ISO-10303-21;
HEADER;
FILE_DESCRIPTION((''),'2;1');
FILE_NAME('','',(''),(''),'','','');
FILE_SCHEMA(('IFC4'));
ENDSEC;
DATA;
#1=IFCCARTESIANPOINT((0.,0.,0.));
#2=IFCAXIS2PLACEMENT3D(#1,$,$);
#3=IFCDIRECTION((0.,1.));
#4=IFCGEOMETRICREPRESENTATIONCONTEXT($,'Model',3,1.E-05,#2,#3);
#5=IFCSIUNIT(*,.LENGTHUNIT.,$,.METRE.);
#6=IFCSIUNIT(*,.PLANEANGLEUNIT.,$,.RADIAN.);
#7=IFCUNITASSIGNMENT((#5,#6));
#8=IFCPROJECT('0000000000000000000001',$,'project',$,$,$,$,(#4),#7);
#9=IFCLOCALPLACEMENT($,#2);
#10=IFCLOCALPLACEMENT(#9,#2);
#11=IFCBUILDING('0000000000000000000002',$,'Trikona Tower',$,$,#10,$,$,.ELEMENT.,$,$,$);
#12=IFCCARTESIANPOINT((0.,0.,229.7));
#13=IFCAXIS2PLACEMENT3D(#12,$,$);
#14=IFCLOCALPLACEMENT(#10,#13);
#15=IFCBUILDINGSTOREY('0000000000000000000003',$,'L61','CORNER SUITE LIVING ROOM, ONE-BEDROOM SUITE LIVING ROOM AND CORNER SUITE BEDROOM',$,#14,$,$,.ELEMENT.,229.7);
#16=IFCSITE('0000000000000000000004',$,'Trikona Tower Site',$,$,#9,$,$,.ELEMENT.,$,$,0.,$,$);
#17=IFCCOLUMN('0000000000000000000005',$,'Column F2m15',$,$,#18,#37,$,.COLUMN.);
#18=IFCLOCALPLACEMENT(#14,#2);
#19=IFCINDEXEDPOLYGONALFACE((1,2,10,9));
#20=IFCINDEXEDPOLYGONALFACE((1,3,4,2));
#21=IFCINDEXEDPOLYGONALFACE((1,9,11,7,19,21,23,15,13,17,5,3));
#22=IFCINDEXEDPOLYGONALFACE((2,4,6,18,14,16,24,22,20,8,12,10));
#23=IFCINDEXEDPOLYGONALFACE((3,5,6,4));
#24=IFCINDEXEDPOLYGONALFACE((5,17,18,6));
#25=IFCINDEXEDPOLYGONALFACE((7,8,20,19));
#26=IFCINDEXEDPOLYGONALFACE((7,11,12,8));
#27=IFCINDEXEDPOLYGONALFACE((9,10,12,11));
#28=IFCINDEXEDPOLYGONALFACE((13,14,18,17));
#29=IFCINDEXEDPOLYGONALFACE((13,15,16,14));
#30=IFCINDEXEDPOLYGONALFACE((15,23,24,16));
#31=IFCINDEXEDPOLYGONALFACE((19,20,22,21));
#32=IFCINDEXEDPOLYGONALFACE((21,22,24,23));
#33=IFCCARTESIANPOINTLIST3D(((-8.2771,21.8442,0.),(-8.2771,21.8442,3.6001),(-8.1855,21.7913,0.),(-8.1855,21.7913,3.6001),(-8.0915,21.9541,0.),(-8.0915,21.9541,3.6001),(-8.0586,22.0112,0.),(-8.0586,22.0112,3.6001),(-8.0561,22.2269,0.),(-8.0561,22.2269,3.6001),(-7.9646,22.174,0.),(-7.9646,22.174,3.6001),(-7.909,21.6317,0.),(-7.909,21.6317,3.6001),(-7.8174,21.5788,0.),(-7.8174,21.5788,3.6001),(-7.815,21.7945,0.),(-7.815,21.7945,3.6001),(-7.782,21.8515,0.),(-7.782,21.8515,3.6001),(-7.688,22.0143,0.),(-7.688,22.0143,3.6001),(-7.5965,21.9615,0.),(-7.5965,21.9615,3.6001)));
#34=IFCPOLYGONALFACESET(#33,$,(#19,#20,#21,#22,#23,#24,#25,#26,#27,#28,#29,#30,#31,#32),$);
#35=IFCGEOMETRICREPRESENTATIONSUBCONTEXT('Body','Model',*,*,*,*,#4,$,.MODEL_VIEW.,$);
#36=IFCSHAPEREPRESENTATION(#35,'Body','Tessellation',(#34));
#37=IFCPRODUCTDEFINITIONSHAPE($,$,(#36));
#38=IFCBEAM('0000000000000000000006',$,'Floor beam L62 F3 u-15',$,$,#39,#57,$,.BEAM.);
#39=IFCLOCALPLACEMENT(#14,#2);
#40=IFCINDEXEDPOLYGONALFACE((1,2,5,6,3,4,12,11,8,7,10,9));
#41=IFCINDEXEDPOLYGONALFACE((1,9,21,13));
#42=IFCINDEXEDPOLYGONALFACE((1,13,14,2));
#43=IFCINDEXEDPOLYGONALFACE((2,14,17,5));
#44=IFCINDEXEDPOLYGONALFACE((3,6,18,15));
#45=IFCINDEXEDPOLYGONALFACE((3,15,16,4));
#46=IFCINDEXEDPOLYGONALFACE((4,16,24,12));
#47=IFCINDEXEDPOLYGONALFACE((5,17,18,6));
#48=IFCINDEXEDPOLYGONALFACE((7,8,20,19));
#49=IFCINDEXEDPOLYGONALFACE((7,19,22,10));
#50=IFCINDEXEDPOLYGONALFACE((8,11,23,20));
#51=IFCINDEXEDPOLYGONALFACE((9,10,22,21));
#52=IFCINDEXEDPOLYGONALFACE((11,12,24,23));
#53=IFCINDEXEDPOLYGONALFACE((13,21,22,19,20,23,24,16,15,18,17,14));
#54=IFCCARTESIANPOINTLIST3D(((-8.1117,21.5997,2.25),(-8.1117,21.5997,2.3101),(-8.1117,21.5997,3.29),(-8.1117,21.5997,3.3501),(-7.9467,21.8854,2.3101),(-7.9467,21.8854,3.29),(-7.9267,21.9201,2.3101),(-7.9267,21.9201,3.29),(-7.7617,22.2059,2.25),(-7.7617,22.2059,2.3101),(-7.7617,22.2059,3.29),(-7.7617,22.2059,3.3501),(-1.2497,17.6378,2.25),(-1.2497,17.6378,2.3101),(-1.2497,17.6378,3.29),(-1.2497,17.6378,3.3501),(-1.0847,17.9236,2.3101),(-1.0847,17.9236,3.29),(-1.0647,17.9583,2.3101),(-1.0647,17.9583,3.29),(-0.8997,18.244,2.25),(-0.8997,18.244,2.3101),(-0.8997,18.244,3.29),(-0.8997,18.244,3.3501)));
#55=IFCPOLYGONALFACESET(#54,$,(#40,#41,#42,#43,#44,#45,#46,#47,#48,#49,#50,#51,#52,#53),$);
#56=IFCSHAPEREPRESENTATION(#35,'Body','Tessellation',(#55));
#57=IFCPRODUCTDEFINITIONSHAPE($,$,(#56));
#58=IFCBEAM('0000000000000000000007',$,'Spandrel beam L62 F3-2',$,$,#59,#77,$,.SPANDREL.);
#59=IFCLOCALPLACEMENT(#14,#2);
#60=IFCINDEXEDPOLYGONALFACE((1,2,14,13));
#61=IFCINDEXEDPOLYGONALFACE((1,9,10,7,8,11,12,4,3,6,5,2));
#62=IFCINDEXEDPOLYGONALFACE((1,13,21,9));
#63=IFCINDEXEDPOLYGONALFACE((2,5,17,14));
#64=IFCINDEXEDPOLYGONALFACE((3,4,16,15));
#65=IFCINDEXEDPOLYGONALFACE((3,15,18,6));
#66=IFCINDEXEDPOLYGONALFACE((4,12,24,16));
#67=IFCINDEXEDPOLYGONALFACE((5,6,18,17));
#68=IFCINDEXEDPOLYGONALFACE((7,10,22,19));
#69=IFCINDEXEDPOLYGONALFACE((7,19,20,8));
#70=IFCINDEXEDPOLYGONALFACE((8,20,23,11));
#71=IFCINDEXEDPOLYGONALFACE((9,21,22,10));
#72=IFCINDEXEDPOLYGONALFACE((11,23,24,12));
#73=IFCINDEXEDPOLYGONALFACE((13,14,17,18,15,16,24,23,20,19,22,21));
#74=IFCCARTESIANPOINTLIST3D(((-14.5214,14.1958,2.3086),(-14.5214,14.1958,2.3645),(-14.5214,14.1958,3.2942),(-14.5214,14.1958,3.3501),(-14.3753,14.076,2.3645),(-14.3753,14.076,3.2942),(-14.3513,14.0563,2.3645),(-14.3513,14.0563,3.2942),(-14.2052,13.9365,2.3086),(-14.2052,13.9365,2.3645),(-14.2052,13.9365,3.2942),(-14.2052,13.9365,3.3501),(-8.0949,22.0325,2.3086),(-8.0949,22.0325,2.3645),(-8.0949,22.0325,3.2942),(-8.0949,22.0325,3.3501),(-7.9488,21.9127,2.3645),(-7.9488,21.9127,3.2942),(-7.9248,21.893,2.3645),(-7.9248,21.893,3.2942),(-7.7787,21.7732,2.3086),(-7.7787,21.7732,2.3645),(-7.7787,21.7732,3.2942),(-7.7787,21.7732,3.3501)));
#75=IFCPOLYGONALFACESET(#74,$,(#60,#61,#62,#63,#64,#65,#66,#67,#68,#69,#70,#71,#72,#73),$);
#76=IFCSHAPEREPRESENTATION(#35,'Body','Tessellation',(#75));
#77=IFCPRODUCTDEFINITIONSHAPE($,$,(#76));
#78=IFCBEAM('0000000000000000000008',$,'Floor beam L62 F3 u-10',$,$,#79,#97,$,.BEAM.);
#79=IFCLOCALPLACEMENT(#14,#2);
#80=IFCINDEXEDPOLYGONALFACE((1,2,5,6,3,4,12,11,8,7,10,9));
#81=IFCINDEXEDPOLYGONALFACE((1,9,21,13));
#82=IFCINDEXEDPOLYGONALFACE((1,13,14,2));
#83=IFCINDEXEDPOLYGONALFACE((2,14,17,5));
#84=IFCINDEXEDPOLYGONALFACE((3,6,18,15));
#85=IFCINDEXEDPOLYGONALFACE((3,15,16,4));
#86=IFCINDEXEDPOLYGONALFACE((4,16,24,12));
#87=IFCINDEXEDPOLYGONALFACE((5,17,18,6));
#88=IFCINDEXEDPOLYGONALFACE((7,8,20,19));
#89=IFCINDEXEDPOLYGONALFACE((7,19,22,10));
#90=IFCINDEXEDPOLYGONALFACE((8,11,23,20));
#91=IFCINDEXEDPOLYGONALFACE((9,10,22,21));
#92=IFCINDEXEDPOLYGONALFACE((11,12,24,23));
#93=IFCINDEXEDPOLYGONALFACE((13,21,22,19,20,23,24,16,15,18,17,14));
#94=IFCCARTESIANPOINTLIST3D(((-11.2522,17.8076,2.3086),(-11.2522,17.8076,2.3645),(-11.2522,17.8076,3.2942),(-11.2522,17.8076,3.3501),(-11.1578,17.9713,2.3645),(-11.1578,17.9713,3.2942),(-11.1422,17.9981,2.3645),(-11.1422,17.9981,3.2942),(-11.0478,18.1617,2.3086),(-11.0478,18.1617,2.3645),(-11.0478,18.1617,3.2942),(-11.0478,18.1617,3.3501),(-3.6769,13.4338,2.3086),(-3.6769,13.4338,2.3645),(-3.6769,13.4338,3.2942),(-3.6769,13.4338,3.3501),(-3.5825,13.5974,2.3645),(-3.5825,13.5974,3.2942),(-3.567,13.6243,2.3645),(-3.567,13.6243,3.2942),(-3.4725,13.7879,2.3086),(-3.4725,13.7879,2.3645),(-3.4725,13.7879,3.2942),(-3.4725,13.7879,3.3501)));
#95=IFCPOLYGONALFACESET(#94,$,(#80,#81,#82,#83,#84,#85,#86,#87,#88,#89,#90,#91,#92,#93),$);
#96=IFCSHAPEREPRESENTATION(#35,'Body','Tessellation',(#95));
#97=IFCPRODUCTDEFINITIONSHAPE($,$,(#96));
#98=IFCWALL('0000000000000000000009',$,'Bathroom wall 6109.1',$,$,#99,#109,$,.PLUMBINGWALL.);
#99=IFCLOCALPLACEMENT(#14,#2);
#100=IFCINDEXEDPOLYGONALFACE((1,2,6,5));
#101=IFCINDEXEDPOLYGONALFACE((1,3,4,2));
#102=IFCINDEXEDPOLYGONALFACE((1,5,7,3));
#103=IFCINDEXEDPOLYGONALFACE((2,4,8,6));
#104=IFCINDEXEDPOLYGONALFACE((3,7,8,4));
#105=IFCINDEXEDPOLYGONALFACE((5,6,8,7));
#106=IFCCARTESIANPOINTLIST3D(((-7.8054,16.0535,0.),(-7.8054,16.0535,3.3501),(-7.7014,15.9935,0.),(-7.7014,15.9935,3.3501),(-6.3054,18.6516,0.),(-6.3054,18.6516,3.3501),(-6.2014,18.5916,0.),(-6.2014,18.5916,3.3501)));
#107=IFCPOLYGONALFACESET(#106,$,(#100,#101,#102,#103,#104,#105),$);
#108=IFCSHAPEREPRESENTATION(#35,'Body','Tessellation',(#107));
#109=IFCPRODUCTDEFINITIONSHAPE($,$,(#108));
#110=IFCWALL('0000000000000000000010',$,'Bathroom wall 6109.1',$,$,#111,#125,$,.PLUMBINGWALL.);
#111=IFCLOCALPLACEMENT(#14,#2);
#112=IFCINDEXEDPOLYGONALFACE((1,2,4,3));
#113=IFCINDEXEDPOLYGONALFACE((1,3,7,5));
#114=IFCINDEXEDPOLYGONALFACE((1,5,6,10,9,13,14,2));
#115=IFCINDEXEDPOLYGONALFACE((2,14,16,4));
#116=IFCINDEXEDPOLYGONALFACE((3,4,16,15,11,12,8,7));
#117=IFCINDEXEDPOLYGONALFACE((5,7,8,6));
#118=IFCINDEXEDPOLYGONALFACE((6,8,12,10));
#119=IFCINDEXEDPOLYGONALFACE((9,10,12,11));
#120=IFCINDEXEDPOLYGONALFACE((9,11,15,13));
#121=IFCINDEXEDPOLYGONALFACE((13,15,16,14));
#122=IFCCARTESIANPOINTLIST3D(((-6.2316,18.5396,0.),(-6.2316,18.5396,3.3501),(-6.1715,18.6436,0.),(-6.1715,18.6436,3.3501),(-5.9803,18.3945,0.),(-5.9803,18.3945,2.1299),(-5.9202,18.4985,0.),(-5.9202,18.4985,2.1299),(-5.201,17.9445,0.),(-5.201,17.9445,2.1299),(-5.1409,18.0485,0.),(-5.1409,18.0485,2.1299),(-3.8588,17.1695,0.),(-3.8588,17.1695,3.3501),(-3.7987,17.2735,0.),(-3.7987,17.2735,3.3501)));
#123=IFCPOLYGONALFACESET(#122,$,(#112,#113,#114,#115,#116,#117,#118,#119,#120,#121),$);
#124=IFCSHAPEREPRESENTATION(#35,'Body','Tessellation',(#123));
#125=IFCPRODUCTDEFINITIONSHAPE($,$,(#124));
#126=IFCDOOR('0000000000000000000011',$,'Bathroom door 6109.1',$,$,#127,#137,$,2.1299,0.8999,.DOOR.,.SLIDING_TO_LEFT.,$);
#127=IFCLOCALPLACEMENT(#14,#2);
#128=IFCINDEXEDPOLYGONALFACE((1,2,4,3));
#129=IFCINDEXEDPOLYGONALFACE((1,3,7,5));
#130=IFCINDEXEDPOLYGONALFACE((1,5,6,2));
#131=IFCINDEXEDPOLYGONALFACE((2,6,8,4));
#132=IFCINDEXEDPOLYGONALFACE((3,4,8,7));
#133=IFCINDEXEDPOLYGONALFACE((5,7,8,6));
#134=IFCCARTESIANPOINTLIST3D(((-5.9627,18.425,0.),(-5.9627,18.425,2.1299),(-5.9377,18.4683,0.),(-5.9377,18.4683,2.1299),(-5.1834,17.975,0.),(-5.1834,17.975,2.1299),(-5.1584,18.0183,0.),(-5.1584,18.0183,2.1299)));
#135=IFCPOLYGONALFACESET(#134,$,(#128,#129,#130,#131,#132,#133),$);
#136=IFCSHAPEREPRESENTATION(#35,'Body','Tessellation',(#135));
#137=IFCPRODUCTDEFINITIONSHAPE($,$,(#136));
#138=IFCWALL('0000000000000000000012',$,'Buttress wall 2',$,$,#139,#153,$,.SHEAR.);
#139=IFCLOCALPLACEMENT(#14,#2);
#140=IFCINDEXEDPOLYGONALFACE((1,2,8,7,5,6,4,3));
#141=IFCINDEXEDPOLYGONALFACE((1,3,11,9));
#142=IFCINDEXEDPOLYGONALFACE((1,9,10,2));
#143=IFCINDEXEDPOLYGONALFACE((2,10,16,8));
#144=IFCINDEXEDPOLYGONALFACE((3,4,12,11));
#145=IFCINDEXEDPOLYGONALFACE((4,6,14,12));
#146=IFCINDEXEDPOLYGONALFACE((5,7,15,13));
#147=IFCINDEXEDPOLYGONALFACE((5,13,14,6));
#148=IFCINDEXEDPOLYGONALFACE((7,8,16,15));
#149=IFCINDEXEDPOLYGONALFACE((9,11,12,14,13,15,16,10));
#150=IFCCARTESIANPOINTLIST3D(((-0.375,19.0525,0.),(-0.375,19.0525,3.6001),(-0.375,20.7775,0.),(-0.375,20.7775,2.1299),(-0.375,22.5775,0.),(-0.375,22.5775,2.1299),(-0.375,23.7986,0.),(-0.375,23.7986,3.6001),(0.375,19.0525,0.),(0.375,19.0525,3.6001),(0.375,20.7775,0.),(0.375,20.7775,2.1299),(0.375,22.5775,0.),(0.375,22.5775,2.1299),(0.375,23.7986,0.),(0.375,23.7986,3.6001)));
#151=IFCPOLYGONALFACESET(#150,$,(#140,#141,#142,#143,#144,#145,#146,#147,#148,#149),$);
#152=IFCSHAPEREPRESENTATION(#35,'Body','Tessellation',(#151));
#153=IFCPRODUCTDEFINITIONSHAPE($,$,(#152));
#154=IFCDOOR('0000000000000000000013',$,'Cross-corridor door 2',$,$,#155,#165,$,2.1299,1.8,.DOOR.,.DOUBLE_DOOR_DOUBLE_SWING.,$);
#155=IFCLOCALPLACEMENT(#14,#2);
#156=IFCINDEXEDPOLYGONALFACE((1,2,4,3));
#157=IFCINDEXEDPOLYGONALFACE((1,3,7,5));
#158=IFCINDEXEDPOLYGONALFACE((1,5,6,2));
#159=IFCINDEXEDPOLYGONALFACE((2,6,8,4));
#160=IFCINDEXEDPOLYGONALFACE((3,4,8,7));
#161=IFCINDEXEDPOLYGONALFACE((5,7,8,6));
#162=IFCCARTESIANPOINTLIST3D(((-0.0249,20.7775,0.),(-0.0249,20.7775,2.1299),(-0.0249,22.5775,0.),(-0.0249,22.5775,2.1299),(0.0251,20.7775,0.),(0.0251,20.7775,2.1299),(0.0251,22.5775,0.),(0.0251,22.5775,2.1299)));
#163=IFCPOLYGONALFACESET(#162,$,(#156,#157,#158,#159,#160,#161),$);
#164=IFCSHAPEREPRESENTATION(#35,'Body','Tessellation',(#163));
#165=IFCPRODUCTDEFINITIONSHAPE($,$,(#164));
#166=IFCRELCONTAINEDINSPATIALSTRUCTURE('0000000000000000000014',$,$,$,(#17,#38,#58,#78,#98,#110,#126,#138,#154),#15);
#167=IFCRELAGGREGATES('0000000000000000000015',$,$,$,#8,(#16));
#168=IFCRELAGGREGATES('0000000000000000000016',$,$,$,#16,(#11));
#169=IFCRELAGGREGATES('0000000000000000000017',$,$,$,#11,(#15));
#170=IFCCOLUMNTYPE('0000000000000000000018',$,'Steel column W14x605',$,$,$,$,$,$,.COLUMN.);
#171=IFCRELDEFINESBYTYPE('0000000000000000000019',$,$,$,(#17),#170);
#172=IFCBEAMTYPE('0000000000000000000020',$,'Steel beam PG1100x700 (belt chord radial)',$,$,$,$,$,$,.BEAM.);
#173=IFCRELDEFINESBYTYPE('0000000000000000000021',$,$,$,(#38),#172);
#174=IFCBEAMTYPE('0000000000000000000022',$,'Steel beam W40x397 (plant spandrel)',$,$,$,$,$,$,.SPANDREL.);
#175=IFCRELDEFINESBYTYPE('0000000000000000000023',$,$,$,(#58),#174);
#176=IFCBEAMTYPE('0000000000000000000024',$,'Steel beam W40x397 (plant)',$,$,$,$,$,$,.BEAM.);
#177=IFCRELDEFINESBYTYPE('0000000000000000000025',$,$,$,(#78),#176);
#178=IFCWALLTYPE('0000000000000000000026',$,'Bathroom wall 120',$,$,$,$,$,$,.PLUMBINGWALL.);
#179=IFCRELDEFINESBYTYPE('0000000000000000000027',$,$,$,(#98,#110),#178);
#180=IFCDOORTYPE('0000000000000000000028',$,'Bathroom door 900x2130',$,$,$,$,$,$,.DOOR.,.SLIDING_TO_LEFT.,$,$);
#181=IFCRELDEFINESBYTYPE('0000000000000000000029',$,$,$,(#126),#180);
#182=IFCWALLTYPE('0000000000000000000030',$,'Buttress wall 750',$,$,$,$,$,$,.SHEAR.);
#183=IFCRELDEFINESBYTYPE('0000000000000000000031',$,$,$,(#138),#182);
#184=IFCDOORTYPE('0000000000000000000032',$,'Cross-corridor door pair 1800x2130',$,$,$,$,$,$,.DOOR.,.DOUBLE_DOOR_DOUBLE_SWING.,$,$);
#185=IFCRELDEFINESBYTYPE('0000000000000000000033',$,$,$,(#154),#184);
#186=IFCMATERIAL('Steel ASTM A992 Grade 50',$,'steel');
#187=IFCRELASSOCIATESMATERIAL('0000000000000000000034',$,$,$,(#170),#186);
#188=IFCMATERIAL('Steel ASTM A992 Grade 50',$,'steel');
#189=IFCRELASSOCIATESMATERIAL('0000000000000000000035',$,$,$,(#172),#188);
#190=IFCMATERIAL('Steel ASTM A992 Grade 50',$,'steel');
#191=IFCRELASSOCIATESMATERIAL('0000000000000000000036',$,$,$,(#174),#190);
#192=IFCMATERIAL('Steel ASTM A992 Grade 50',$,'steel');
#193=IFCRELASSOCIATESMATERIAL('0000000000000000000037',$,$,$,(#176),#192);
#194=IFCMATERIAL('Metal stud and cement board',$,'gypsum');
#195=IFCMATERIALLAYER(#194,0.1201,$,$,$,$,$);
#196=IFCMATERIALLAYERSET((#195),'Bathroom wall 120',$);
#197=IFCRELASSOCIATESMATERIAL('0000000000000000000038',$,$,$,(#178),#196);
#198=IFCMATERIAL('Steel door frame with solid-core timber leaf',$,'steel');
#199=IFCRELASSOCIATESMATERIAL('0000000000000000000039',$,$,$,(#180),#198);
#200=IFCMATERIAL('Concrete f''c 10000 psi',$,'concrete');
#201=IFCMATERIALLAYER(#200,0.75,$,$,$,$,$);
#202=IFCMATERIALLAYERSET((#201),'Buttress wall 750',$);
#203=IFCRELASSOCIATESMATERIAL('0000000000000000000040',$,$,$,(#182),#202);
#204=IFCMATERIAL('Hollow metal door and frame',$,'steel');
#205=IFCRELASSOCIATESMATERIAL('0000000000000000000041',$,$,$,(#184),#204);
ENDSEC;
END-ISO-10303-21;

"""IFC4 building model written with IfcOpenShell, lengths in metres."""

from ifc_helpers import new_model, si_unit, direction, frame, frame_2d, origin, origin_2d, place, context, subcontext, project, spatial, rectangle, i_section, extrude, material, layer, layer_set, material_profile, profile_set, type_object, element, fill, save


model = new_model("IFC4")

# Units and contexts
model_context = context("Model", 3, precision=1e-05, world=origin(), true_north=direction((0.0, 1.0)))
body_context = subcontext(model_context, "Body", "Model", "MODEL_VIEW")
ifc_project = project(units=[si_unit("LENGTHUNIT", "METRE"), si_unit("PLANEANGLEUNIT", "RADIAN")], contexts=[model_context])

# Site, building, storey
site_placement = place(None, origin())
site = spatial("IfcSite", under=ifc_project, at=site_placement, Name="Trikona Tower Site", CompositionType="ELEMENT", RefElevation=0.0)
building_placement = place(site_placement, origin())
building = spatial("IfcBuilding", under=site, at=building_placement, Name="Trikona Tower", CompositionType="ELEMENT")
storey_placement = place(building_placement, frame((0.0, 0.0, 229.7)))
storey = spatial("IfcBuildingStorey", under=building, at=storey_placement, Name="L61", Description="CORNER SUITE LIVING ROOM, ONE-BEDROOM SUITE LIVING ROOM AND CORNER SUITE BEDROOM", CompositionType="ELEMENT", Elevation=229.7)

# Column
ifc_material_1 = material(Name="Steel ASTM A992 Grade 50", Category="steel")
ifc_material_profile_1 = material_profile(ifc_material_1, i_section(OverallWidth=0.4419, OverallDepth=0.5308, WebThickness=0.0659, FlangeThickness=0.1057, at=origin_2d()), Name="W14X605")
ifc_profile_set_1 = profile_set([ifc_material_profile_1], Name="Steel ASTM A992 Grade 50")
column_type = type_object("IfcColumnType", Name="Steel column W14x605", PredefinedType="COLUMN", material=ifc_profile_set_1)
column_placement = place(storey_placement, frame((-7.9368, 21.9028, 0.0), z_axis=(0.0, 0.0, 1.0), x_axis=(-0.5, -0.866025, 0.0)))
element("IfcColumn", 1, at=column_placement, inside=storey, type_object=column_type, Name="Column F2m15", PredefinedType="COLUMN", context=body_context, shape_type="SweptSolid", body=[
    extrude(i_section(OverallWidth=0.4419, OverallDepth=0.5308, WebThickness=0.0659, FlangeThickness=0.1057, at=origin_2d()), origin(), (0.0, 0.0, 1.0), 3.6001),
])

# Beams
ifc_material_2 = material(Name="Steel ASTM A992 Grade 50", Category="steel")
ifc_material_profile_2 = material_profile(ifc_material_2, i_section(OverallWidth=0.7, OverallDepth=1.1001, WebThickness=0.04, FlangeThickness=0.0601, at=origin_2d()), Name="PG1100X700")
ifc_profile_set_2 = profile_set([ifc_material_profile_2], Name="Steel ASTM A992 Grade 50")
beam_type_1 = type_object("IfcBeamType", Name="Steel beam PG1100x700 (belt chord radial)", PredefinedType="BEAM", material=ifc_profile_set_2)
beam_1_placement = place(storey_placement, frame((-1.0747, 17.9409, 2.8), z_axis=(-0.86602, 0.50001, 0.0), x_axis=(-0.50001, -0.86602, 0.0)))
element("IfcBeam", 2, at=beam_1_placement, inside=storey, type_object=beam_type_1, Name="Floor beam L62 F3 u-15", PredefinedType="BEAM", context=body_context, shape_type="SweptSolid", body=[
    extrude(i_section(OverallWidth=0.7, OverallDepth=1.1001, WebThickness=0.04, FlangeThickness=0.0601, at=origin_2d()), origin(), (0.0, 0.0, 1.0), 7.9236),
])
ifc_material_3 = material(Name="Steel ASTM A992 Grade 50", Category="steel")
ifc_material_profile_3 = material_profile(ifc_material_3, i_section(OverallWidth=0.4089, OverallDepth=1.0415, WebThickness=0.031, FlangeThickness=0.0559, at=origin_2d()), Name="W40X397")
ifc_profile_set_3 = profile_set([ifc_material_profile_3], Name="Steel ASTM A992 Grade 50")
beam_type_2 = type_object("IfcBeamType", Name="Steel beam W40x397 (plant spandrel)", PredefinedType="SPANDREL", material=ifc_profile_set_3)
beam_2_placement = place(storey_placement, frame((-7.9368, 21.9028, 2.8293), z_axis=(-0.634106, -0.773246, 0.0), x_axis=(0.773246, -0.634106, 0.0)))
element("IfcBeam", 3, at=beam_2_placement, inside=storey, type_object=beam_type_2, Name="Spandrel beam L62 F3-2", PredefinedType="SPANDREL", context=body_context, shape_type="SweptSolid", body=[
    extrude(i_section(OverallWidth=0.4089, OverallDepth=1.0415, WebThickness=0.031, FlangeThickness=0.0559, at=origin_2d()), origin(), (0.0, 0.0, 1.0), 10.1348),
])
ifc_material_4 = material(Name="Steel ASTM A992 Grade 50", Category="steel")
ifc_material_profile_4 = material_profile(ifc_material_4, i_section(OverallWidth=0.4089, OverallDepth=1.0415, WebThickness=0.031, FlangeThickness=0.0559, at=origin_2d()), Name="W40X397")
ifc_profile_set_4 = profile_set([ifc_material_profile_4], Name="Steel ASTM A992 Grade 50")
beam_type_3 = type_object("IfcBeamType", Name="Steel beam W40x397 (plant)", PredefinedType="BEAM", material=ifc_profile_set_4)
beam_3_placement = place(storey_placement, frame((-3.5747, 13.6108, 2.8293), z_axis=(-0.866014, 0.50002, 0.0), x_axis=(-0.50002, -0.866014, 0.0)))
element("IfcBeam", 4, at=beam_3_placement, inside=storey, type_object=beam_type_3, Name="Floor beam L62 F3 u-10", PredefinedType="BEAM", context=body_context, shape_type="SweptSolid", body=[
    extrude(i_section(OverallWidth=0.4089, OverallDepth=1.0415, WebThickness=0.031, FlangeThickness=0.0559, at=origin_2d()), origin(), (0.0, 0.0, 1.0), 8.7473),
])

# Wall
ifc_material_5 = material(Name="Metal stud and cement board", Category="gypsum")
ifc_layer_1 = layer(ifc_material_5, 0.1201)
ifc_layer_set_1 = layer_set([ifc_layer_1], Name="Bathroom wall 120")
wall_type_1 = type_object("IfcWallType", Name="Bathroom wall 120", PredefinedType="PLUMBINGWALL", material=ifc_layer_set_1)
wall_1_placement = place(storey_placement, frame((-6.2534, 18.6216, 0.0), z_axis=(0.0, 0.0, 1.0), x_axis=(-0.49999, -0.866031, 0.0)))
element("IfcWall", 5, at=wall_1_placement, inside=storey, type_object=wall_type_1, Name="Bathroom wall 6109.1", PredefinedType="PLUMBINGWALL", context=body_context, shape_type="SweptSolid", body=[
    extrude(rectangle(XDim=3.0, YDim=0.1201, at=frame_2d((1.5, 0.0))), origin(), (0.0, 0.0, 1.0), 3.3501),
])

# Walls, openings, doors
wall_2_placement = place(storey_placement, frame((-3.8286, 17.2214, 0.0), z_axis=(0.0, 0.0, 1.0), x_axis=(-0.865997, 0.500049, 0.0)))
wall_2 = element("IfcWall", 6, at=wall_2_placement, inside=storey, type_object=wall_type_1, Name="Bathroom wall 6109.1", PredefinedType="PLUMBINGWALL", context=body_context, shape_type="SweptSolid", body=[
    extrude(rectangle(XDim=2.74, YDim=0.1201, at=frame_2d((1.3701, 0.0))), origin(), (0.0, 0.0, 1.0), 3.3501),
])
opening_1_placement = place(wall_2_placement, frame((1.55, 0.0, 0.0)))
opening_1 = element("IfcOpeningElement", 7, at=opening_1_placement, cuts=wall_2, PredefinedType="OPENING", context=body_context, shape_type="SweptSolid", body=[
    extrude(rectangle(XDim=0.8999, YDim=2.1299, at=frame_2d((0.45, 1.0649))), frame((0.0, 0.0701, 0.0), z_axis=(0.0, -1.0, 0.0), x_axis=(1.0, 0.0, 0.0)), (0.0, 0.0, 1.0), 0.1401),
])
ifc_material_6 = material(Name="Steel door frame with solid-core timber leaf", Category="steel")
door_type_1 = type_object("IfcDoorType", Name="Bathroom door 900x2130", OperationType="SLIDING_TO_LEFT", PredefinedType="DOOR", material=ifc_material_6)
door_1_placement = place(opening_1_placement, origin())
door_1 = element("IfcDoor", 8, at=door_1_placement, inside=storey, type_object=door_type_1, Name="Bathroom door 6109.1", OperationType="SLIDING_TO_LEFT", OverallHeight=2.1299, OverallWidth=0.8999, PredefinedType="DOOR", context=body_context, shape_type="SweptSolid", body=[
    extrude(rectangle(XDim=0.8999, YDim=2.1299, at=frame_2d((0.45, 1.0649))), frame((0.0, 0.0249, 0.0), z_axis=(0.0, -1.0, 0.0), x_axis=(1.0, 0.0, 0.0)), (0.0, 0.0, 1.0), 0.05),
])
fill(opening_1, door_1)
ifc_material_7 = material(Name="Concrete f'c 10000 psi", Category="concrete")
ifc_layer_2 = layer(ifc_material_7, 0.75)
ifc_layer_set_2 = layer_set([ifc_layer_2], Name="Buttress wall 750")
wall_type_2 = type_object("IfcWallType", Name="Buttress wall 750", PredefinedType="SHEAR", material=ifc_layer_set_2)
wall_3_placement = place(storey_placement, frame((0.0, 19.0525, 0.0), z_axis=(0.0, 0.0, 1.0), x_axis=(0.0, 1.0, 0.0)))
wall_3 = element("IfcWall", 9, at=wall_3_placement, inside=storey, type_object=wall_type_2, Name="Buttress wall 2", PredefinedType="SHEAR", context=body_context, shape_type="SweptSolid", body=[
    extrude(rectangle(XDim=4.7461, YDim=0.75, at=frame_2d((2.373, 0.0))), origin(), (0.0, 0.0, 1.0), 3.6001),
])
opening_2_placement = place(wall_3_placement, frame((1.7251, 0.0, 0.0)))
opening_2 = element("IfcOpeningElement", 10, at=opening_2_placement, cuts=wall_3, PredefinedType="OPENING", context=body_context, shape_type="SweptSolid", body=[
    extrude(rectangle(XDim=1.8, YDim=2.1299, at=frame_2d((0.8999, 1.0649))), frame((0.0, 0.385, 0.0), z_axis=(0.0, -1.0, 0.0), x_axis=(1.0, 0.0, 0.0)), (0.0, 0.0, 1.0), 0.77),
])
ifc_material_8 = material(Name="Hollow metal door and frame", Category="steel")
door_type_2 = type_object("IfcDoorType", Name="Cross-corridor door pair 1800x2130", OperationType="DOUBLE_DOOR_DOUBLE_SWING", PredefinedType="DOOR", material=ifc_material_8)
door_2_placement = place(opening_2_placement, origin())
door_2 = element("IfcDoor", 11, at=door_2_placement, inside=storey, type_object=door_type_2, Name="Cross-corridor door 2", OperationType="DOUBLE_DOOR_DOUBLE_SWING", OverallHeight=2.1299, OverallWidth=1.8, PredefinedType="DOOR", context=body_context, shape_type="SweptSolid", body=[
    extrude(rectangle(XDim=1.8, YDim=2.1299, at=frame_2d((0.8999, 1.0649))), frame((0.0, 0.0249, 0.0), z_axis=(0.0, -1.0, 0.0), x_axis=(1.0, 0.0, 0.0)), (0.0, 0.0, 1.0), 0.05),
])
fill(opening_2, door_2)

save(model, "model.ifc")
